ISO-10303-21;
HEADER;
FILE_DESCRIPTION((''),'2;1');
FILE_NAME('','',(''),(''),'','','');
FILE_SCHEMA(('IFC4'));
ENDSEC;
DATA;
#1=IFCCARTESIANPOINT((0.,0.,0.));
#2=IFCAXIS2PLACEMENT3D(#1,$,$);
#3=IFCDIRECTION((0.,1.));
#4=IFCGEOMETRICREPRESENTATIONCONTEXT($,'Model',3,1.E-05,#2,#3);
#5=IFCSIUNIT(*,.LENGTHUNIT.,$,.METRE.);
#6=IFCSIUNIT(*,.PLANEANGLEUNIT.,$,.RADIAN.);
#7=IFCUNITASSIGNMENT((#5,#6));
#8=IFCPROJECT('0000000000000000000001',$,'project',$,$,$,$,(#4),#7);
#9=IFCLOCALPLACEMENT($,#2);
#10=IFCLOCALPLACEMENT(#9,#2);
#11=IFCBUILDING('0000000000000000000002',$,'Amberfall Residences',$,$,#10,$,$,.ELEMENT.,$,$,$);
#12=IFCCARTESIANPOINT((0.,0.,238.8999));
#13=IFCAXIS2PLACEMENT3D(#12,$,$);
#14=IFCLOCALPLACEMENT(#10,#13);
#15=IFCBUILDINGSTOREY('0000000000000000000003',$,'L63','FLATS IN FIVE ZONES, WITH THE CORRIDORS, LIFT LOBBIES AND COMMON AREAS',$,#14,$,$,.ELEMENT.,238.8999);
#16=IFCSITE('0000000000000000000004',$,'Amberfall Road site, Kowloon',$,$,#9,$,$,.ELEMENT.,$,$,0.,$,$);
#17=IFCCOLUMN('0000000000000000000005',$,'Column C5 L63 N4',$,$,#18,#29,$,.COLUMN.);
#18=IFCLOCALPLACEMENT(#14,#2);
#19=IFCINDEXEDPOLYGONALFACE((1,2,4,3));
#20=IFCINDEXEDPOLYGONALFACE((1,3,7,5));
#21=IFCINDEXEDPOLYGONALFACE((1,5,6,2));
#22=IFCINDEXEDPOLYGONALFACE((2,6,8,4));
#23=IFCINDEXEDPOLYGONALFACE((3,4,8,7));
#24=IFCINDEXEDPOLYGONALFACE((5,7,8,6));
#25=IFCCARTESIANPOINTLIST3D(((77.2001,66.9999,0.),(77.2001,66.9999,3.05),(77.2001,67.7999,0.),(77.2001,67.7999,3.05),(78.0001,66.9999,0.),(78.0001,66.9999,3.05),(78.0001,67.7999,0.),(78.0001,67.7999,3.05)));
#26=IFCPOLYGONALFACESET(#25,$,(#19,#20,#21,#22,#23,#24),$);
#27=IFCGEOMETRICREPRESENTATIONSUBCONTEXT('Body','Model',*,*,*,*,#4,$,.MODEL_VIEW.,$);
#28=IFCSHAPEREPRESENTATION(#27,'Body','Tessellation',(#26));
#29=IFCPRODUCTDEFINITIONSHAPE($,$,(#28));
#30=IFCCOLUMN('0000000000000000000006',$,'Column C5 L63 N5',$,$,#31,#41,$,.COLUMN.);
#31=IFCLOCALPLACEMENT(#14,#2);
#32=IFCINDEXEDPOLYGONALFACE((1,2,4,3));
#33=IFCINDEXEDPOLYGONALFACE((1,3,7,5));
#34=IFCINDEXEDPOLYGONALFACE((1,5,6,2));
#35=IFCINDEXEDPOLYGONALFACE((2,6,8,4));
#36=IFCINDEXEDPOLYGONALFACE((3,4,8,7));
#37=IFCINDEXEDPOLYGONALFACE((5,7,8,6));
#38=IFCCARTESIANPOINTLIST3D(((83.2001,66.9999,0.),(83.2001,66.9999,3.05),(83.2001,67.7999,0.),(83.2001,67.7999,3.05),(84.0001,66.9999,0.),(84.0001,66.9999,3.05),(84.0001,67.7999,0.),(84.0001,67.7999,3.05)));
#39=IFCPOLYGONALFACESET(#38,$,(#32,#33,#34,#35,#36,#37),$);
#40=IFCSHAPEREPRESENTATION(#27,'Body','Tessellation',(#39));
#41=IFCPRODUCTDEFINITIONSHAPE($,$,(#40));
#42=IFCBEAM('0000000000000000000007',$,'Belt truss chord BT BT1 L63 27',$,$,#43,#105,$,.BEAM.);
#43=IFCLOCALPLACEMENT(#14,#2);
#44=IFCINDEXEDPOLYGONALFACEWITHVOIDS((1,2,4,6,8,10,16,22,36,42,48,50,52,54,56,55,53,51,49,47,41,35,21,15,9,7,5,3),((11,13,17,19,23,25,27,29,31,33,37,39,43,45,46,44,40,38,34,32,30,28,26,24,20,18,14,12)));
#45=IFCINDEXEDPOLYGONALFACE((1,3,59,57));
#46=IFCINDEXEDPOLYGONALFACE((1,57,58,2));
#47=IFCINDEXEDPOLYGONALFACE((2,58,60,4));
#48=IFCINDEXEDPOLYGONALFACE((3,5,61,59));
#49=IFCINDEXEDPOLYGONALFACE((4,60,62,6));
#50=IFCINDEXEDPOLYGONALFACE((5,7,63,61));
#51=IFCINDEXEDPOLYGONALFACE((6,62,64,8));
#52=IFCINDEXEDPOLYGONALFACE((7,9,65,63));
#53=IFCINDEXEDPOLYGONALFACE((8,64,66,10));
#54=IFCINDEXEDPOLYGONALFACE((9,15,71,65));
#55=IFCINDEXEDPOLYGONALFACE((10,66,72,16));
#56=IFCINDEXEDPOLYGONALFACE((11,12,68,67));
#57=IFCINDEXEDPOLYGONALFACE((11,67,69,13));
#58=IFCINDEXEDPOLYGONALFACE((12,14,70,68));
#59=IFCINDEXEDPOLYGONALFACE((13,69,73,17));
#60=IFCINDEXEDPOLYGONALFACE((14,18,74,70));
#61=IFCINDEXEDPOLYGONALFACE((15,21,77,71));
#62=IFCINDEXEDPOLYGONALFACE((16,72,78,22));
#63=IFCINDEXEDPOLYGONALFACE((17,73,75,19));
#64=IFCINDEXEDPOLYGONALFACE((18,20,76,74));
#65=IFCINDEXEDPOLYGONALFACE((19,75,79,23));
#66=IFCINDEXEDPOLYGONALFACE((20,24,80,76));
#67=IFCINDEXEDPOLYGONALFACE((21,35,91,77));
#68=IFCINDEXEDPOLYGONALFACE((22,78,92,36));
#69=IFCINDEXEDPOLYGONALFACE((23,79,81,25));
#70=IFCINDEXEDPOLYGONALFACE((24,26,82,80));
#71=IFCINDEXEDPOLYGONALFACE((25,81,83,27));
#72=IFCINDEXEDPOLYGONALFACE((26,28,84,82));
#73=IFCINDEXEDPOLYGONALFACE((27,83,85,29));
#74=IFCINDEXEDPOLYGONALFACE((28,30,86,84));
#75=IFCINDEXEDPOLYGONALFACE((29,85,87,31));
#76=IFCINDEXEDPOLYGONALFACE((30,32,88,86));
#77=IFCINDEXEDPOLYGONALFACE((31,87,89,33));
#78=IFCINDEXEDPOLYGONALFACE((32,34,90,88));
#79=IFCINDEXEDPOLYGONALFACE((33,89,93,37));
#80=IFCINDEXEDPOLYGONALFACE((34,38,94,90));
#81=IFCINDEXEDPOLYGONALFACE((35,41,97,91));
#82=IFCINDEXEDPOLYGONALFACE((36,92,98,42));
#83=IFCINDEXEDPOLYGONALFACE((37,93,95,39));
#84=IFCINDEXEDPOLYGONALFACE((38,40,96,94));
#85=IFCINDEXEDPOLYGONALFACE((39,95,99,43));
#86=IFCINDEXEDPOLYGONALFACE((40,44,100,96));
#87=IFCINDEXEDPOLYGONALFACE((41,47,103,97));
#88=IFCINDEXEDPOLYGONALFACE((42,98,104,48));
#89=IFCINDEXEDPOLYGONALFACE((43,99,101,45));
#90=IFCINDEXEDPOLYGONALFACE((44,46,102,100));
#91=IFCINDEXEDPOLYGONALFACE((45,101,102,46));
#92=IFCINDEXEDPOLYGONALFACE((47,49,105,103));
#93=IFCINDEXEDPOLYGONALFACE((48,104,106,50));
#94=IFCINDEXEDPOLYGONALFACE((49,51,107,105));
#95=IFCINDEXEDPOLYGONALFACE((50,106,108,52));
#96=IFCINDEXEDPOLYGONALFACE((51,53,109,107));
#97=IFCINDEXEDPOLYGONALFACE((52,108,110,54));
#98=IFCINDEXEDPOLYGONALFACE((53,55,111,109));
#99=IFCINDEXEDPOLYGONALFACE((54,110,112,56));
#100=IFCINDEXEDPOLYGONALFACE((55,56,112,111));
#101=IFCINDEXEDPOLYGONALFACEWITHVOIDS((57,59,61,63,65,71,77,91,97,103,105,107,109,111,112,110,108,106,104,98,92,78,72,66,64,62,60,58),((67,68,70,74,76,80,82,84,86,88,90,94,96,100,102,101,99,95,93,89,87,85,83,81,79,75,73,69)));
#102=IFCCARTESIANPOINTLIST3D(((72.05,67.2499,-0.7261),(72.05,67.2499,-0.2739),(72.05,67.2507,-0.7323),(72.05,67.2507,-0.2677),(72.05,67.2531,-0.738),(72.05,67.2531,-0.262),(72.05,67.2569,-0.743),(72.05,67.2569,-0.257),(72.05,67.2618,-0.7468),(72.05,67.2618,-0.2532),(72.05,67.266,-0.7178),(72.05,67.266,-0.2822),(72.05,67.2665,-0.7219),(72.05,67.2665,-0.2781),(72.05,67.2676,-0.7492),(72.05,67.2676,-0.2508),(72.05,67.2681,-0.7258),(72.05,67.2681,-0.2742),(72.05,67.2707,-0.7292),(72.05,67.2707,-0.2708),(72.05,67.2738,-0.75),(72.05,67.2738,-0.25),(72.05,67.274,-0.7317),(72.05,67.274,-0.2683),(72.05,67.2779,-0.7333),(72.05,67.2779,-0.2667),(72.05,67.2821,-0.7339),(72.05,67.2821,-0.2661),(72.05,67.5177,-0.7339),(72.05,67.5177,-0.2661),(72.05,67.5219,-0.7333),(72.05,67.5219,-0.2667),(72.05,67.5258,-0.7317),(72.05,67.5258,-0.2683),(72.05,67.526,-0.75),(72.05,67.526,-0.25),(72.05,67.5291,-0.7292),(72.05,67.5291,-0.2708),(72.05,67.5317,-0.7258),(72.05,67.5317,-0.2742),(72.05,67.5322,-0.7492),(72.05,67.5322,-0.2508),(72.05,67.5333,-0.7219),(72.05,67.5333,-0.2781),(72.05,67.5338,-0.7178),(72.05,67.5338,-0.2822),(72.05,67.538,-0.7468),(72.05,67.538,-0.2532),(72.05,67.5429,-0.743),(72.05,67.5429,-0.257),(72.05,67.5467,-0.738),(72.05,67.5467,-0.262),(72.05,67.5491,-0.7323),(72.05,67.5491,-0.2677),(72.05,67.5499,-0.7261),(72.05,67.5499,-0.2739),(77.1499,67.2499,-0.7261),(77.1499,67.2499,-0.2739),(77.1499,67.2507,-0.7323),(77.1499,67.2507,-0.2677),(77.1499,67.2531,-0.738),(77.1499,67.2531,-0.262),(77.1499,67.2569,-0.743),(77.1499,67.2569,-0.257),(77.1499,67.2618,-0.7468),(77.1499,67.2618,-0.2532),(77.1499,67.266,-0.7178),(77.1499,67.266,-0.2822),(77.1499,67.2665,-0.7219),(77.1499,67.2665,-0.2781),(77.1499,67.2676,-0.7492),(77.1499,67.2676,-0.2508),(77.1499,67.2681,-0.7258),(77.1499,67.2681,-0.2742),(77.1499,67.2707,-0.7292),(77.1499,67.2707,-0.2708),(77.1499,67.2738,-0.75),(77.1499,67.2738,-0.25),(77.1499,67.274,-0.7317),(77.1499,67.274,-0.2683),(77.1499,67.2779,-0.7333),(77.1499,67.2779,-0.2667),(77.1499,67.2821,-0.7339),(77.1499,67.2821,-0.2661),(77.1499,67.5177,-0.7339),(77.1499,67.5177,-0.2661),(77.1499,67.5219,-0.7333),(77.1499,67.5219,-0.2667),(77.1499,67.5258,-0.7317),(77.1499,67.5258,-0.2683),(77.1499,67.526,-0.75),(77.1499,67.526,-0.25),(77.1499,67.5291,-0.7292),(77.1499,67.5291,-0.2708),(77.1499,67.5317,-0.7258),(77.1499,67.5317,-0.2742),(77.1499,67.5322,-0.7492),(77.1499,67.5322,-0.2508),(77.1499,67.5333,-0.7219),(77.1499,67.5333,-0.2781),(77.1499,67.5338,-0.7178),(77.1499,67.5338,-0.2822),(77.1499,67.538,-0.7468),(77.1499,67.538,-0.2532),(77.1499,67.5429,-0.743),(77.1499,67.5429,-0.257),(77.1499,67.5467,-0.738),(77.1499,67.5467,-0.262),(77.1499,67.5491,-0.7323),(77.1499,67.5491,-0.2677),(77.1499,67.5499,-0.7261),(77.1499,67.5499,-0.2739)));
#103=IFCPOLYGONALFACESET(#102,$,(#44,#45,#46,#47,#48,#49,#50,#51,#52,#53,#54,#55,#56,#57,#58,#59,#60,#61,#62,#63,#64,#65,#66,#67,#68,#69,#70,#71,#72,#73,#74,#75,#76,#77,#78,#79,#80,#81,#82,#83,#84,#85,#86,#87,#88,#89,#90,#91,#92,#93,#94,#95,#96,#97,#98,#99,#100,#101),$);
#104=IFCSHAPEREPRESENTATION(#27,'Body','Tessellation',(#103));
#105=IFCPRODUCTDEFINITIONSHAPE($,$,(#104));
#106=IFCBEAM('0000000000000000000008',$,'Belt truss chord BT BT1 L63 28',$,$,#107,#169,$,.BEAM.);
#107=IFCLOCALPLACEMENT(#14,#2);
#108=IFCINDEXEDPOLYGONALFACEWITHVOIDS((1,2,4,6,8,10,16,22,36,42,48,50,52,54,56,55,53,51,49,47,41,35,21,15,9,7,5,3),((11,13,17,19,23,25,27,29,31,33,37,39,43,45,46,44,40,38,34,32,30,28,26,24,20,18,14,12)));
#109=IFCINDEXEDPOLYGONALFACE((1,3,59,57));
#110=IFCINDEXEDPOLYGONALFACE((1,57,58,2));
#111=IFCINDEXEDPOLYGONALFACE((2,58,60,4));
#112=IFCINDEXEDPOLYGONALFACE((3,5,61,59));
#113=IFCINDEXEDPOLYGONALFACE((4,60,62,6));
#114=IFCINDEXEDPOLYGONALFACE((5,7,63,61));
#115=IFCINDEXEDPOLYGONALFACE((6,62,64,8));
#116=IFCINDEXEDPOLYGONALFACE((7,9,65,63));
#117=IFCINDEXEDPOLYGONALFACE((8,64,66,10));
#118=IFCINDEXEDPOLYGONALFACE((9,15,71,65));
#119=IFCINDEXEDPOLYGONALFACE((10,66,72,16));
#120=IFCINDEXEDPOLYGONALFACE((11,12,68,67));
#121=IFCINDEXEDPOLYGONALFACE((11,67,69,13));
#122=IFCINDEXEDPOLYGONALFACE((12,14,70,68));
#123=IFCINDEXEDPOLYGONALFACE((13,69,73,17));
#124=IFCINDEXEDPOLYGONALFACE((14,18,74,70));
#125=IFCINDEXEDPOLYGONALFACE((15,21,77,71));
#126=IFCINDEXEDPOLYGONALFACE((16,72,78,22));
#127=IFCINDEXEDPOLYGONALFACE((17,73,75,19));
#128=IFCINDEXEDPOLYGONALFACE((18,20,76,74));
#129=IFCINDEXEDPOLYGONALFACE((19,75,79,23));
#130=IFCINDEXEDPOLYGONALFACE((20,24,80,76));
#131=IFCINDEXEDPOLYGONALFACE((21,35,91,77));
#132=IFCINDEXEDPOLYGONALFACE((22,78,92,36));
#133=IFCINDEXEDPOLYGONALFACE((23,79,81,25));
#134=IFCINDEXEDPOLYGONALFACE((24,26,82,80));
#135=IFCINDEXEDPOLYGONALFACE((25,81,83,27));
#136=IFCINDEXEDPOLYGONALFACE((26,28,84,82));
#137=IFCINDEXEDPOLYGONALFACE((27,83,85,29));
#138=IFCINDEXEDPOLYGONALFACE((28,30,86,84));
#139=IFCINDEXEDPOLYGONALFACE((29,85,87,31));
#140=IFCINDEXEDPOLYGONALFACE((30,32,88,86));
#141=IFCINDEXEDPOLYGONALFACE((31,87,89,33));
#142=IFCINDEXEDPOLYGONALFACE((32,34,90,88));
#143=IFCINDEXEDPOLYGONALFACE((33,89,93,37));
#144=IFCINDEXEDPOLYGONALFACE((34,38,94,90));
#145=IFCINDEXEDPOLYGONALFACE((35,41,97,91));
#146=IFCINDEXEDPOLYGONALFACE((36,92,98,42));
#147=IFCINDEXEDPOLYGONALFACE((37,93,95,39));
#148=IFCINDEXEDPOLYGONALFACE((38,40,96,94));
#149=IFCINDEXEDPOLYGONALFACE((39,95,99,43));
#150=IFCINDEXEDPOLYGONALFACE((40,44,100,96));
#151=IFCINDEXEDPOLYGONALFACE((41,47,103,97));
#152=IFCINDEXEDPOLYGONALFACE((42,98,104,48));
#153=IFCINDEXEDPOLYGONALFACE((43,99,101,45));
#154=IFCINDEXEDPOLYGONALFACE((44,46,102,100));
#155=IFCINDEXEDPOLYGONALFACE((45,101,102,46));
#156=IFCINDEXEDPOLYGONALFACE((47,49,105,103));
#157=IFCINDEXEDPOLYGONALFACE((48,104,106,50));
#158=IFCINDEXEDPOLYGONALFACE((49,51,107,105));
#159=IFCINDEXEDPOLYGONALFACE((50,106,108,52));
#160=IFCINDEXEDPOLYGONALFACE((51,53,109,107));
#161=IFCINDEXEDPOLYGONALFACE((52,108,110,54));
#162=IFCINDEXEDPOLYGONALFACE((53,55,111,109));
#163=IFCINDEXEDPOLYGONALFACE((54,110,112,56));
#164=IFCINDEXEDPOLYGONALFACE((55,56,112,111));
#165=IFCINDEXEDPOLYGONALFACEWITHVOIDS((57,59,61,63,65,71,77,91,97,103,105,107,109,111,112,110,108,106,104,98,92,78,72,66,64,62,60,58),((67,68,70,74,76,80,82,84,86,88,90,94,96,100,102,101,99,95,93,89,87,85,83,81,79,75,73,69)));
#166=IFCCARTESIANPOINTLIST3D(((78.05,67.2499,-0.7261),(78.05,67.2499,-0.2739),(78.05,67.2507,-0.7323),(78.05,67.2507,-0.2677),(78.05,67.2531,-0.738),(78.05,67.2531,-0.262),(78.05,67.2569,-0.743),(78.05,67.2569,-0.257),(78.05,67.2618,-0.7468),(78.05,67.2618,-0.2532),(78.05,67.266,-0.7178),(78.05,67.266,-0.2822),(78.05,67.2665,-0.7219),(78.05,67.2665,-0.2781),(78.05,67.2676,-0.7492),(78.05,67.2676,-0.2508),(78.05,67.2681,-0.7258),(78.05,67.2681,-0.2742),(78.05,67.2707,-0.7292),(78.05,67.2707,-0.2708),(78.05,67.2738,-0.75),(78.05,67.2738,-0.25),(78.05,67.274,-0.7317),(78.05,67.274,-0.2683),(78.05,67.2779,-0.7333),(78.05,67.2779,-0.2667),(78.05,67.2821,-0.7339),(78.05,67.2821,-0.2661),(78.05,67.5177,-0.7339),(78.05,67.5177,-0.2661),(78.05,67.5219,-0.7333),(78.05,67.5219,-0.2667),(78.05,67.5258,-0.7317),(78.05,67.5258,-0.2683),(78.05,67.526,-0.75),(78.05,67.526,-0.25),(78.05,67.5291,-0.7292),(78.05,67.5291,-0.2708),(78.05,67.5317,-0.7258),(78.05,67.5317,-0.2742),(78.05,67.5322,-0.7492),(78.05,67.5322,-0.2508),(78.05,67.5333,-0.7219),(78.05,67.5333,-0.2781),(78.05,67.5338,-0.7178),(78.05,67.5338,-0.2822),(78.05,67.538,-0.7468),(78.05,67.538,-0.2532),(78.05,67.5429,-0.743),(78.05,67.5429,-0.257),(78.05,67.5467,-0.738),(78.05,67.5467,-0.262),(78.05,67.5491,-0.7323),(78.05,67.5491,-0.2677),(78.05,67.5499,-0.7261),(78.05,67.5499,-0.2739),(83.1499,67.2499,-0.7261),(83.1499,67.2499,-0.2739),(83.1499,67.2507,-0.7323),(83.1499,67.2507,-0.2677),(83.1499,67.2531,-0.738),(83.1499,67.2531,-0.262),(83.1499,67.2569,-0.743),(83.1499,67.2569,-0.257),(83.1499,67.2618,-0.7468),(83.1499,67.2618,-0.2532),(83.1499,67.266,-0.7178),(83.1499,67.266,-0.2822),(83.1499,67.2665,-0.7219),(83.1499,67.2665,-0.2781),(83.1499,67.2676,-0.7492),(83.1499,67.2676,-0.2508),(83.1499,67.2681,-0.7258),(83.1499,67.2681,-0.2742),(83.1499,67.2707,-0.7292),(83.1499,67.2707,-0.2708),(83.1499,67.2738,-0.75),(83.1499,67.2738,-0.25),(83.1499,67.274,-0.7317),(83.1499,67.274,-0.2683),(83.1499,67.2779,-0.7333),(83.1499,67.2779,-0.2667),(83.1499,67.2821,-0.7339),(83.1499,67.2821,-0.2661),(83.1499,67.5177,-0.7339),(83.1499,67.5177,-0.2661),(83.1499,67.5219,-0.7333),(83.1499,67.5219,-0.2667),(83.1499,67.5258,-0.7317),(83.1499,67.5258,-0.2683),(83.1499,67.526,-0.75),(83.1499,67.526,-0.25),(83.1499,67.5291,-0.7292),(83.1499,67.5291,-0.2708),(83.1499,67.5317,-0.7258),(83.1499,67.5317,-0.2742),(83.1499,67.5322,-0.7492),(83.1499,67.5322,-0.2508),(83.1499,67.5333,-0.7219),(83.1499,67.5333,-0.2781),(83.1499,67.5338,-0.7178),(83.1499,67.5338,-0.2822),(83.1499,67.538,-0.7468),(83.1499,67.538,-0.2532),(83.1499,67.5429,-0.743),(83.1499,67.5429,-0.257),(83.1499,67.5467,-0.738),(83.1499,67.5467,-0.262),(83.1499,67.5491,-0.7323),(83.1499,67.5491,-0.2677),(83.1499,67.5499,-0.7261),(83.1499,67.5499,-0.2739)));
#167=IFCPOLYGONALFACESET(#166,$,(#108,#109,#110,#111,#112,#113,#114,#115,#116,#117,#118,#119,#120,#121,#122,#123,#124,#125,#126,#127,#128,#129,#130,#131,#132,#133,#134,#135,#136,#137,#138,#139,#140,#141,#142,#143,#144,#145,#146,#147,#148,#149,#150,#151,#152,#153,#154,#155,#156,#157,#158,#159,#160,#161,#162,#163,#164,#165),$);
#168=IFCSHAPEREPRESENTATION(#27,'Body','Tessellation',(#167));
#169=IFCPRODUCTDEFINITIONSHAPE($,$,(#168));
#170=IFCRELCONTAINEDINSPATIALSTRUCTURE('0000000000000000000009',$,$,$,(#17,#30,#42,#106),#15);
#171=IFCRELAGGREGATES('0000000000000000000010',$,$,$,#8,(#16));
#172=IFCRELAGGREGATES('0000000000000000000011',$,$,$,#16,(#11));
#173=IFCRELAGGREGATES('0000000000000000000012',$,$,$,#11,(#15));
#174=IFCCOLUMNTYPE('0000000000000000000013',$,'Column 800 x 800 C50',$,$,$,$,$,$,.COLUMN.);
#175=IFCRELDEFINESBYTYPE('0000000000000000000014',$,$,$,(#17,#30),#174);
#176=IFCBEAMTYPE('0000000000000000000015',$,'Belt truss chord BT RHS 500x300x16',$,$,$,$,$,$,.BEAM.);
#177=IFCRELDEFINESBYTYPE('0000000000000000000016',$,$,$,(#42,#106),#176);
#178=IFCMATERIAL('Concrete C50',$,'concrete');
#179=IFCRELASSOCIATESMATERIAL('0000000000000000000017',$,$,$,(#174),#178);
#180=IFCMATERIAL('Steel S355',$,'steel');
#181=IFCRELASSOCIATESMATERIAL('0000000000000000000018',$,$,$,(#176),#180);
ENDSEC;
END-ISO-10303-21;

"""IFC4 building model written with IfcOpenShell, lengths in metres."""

from ifc_helpers import new_model, si_unit, direction, frame, origin, origin_2d, place, context, subcontext, project, spatial, rectangle, hollow_rectangle, extrude, material, material_profile, profile_set, type_object, element, save


model = new_model("IFC4")

# Units and contexts
model_context = context("Model", 3, precision=1e-05, world=origin(), true_north=direction((0.0, 1.0)))
body_context = subcontext(model_context, "Body", "Model", "MODEL_VIEW")
ifc_project = project(units=[si_unit("LENGTHUNIT", "METRE"), si_unit("PLANEANGLEUNIT", "RADIAN")], contexts=[model_context])

# Site, building, storey
site_placement = place(None, origin())
site = spatial("IfcSite", under=ifc_project, at=site_placement, Name="Amberfall Road site, Kowloon", CompositionType="ELEMENT", RefElevation=0.0)
building_placement = place(site_placement, origin())
building = spatial("IfcBuilding", under=site, at=building_placement, Name="Amberfall Residences", CompositionType="ELEMENT")
storey_placement = place(building_placement, frame((0.0, 0.0, 238.8999)))
storey = spatial("IfcBuildingStorey", under=building, at=storey_placement, Name="L63", Description="FLATS IN FIVE ZONES, WITH THE CORRIDORS, LIFT LOBBIES AND COMMON AREAS", CompositionType="ELEMENT", Elevation=238.8999)

# Columns
ifc_material_1 = material(Name="Concrete C50", Category="concrete")
ifc_material_profile_1 = material_profile(ifc_material_1, rectangle(XDim=0.8, YDim=0.8, at=origin_2d()), Name="Column 800 x 800 C50")
ifc_profile_set_1 = profile_set([ifc_material_profile_1], Name="Concrete C50")
column_type = type_object("IfcColumnType", Name="Column 800 x 800 C50", PredefinedType="COLUMN", material=ifc_profile_set_1)
for number, where, z_axis, x_axis, name in (
    (1, (77.6001, 67.3999, 0.0), (0.0, 0.0, 1.0), (1.0, 0.0, 0.0), "Column C5 L63 N4"),
    (2, (83.6001, 67.3999, 0.0), (0.0, 0.0, 1.0), (1.0, 0.0, 0.0), "Column C5 L63 N5"),
):
    element("IfcColumn", number, at=place(storey_placement, frame(where, z_axis=z_axis, x_axis=x_axis)), inside=storey, type_object=column_type, Name=name, PredefinedType="COLUMN", context=body_context, shape_type="SweptSolid", body=[
        extrude(rectangle(XDim=0.8, YDim=0.8, at=origin_2d()), origin(), (0.0, 0.0, 1.0), 3.05),
    ])

# Beams
ifc_material_2 = material(Name="Steel S355", Category="steel")
ifc_material_profile_2 = material_profile(ifc_material_2, hollow_rectangle(XDim=0.3, YDim=0.5, WallThickness=0.0161, InnerFilletRadius=0.0161, OuterFilletRadius=0.0239, at=origin_2d()), Name="RHS 500x300x16")
ifc_profile_set_2 = profile_set([ifc_material_profile_2], Name="Steel S355")
beam_type_1 = type_object("IfcBeamType", Name="Belt truss chord BT RHS 500x300x16", PredefinedType="BEAM", material=ifc_profile_set_2)
for number, where, z_axis, x_axis, name in (
    (3, (72.05, 67.3999, -0.5), (1.0, 0.0, 0.0), (0.0, 1.0, 0.0), "Belt truss chord BT BT1 L63 27"),
    (4, (78.05, 67.3999, -0.5), (1.0, 0.0, 0.0), (0.0, 1.0, 0.0), "Belt truss chord BT BT1 L63 28"),
):
    element("IfcBeam", number, at=place(storey_placement, frame(where, z_axis=z_axis, x_axis=x_axis)), inside=storey, type_object=beam_type_1, Name=name, PredefinedType="BEAM", context=body_context, shape_type="SweptSolid", body=[
        extrude(hollow_rectangle(XDim=0.3, YDim=0.5, WallThickness=0.0161, InnerFilletRadius=0.0161, OuterFilletRadius=0.0239, at=origin_2d()), origin(), (0.0, 0.0, 1.0), 5.0999),
    ])

save(model, "model.ifc")
